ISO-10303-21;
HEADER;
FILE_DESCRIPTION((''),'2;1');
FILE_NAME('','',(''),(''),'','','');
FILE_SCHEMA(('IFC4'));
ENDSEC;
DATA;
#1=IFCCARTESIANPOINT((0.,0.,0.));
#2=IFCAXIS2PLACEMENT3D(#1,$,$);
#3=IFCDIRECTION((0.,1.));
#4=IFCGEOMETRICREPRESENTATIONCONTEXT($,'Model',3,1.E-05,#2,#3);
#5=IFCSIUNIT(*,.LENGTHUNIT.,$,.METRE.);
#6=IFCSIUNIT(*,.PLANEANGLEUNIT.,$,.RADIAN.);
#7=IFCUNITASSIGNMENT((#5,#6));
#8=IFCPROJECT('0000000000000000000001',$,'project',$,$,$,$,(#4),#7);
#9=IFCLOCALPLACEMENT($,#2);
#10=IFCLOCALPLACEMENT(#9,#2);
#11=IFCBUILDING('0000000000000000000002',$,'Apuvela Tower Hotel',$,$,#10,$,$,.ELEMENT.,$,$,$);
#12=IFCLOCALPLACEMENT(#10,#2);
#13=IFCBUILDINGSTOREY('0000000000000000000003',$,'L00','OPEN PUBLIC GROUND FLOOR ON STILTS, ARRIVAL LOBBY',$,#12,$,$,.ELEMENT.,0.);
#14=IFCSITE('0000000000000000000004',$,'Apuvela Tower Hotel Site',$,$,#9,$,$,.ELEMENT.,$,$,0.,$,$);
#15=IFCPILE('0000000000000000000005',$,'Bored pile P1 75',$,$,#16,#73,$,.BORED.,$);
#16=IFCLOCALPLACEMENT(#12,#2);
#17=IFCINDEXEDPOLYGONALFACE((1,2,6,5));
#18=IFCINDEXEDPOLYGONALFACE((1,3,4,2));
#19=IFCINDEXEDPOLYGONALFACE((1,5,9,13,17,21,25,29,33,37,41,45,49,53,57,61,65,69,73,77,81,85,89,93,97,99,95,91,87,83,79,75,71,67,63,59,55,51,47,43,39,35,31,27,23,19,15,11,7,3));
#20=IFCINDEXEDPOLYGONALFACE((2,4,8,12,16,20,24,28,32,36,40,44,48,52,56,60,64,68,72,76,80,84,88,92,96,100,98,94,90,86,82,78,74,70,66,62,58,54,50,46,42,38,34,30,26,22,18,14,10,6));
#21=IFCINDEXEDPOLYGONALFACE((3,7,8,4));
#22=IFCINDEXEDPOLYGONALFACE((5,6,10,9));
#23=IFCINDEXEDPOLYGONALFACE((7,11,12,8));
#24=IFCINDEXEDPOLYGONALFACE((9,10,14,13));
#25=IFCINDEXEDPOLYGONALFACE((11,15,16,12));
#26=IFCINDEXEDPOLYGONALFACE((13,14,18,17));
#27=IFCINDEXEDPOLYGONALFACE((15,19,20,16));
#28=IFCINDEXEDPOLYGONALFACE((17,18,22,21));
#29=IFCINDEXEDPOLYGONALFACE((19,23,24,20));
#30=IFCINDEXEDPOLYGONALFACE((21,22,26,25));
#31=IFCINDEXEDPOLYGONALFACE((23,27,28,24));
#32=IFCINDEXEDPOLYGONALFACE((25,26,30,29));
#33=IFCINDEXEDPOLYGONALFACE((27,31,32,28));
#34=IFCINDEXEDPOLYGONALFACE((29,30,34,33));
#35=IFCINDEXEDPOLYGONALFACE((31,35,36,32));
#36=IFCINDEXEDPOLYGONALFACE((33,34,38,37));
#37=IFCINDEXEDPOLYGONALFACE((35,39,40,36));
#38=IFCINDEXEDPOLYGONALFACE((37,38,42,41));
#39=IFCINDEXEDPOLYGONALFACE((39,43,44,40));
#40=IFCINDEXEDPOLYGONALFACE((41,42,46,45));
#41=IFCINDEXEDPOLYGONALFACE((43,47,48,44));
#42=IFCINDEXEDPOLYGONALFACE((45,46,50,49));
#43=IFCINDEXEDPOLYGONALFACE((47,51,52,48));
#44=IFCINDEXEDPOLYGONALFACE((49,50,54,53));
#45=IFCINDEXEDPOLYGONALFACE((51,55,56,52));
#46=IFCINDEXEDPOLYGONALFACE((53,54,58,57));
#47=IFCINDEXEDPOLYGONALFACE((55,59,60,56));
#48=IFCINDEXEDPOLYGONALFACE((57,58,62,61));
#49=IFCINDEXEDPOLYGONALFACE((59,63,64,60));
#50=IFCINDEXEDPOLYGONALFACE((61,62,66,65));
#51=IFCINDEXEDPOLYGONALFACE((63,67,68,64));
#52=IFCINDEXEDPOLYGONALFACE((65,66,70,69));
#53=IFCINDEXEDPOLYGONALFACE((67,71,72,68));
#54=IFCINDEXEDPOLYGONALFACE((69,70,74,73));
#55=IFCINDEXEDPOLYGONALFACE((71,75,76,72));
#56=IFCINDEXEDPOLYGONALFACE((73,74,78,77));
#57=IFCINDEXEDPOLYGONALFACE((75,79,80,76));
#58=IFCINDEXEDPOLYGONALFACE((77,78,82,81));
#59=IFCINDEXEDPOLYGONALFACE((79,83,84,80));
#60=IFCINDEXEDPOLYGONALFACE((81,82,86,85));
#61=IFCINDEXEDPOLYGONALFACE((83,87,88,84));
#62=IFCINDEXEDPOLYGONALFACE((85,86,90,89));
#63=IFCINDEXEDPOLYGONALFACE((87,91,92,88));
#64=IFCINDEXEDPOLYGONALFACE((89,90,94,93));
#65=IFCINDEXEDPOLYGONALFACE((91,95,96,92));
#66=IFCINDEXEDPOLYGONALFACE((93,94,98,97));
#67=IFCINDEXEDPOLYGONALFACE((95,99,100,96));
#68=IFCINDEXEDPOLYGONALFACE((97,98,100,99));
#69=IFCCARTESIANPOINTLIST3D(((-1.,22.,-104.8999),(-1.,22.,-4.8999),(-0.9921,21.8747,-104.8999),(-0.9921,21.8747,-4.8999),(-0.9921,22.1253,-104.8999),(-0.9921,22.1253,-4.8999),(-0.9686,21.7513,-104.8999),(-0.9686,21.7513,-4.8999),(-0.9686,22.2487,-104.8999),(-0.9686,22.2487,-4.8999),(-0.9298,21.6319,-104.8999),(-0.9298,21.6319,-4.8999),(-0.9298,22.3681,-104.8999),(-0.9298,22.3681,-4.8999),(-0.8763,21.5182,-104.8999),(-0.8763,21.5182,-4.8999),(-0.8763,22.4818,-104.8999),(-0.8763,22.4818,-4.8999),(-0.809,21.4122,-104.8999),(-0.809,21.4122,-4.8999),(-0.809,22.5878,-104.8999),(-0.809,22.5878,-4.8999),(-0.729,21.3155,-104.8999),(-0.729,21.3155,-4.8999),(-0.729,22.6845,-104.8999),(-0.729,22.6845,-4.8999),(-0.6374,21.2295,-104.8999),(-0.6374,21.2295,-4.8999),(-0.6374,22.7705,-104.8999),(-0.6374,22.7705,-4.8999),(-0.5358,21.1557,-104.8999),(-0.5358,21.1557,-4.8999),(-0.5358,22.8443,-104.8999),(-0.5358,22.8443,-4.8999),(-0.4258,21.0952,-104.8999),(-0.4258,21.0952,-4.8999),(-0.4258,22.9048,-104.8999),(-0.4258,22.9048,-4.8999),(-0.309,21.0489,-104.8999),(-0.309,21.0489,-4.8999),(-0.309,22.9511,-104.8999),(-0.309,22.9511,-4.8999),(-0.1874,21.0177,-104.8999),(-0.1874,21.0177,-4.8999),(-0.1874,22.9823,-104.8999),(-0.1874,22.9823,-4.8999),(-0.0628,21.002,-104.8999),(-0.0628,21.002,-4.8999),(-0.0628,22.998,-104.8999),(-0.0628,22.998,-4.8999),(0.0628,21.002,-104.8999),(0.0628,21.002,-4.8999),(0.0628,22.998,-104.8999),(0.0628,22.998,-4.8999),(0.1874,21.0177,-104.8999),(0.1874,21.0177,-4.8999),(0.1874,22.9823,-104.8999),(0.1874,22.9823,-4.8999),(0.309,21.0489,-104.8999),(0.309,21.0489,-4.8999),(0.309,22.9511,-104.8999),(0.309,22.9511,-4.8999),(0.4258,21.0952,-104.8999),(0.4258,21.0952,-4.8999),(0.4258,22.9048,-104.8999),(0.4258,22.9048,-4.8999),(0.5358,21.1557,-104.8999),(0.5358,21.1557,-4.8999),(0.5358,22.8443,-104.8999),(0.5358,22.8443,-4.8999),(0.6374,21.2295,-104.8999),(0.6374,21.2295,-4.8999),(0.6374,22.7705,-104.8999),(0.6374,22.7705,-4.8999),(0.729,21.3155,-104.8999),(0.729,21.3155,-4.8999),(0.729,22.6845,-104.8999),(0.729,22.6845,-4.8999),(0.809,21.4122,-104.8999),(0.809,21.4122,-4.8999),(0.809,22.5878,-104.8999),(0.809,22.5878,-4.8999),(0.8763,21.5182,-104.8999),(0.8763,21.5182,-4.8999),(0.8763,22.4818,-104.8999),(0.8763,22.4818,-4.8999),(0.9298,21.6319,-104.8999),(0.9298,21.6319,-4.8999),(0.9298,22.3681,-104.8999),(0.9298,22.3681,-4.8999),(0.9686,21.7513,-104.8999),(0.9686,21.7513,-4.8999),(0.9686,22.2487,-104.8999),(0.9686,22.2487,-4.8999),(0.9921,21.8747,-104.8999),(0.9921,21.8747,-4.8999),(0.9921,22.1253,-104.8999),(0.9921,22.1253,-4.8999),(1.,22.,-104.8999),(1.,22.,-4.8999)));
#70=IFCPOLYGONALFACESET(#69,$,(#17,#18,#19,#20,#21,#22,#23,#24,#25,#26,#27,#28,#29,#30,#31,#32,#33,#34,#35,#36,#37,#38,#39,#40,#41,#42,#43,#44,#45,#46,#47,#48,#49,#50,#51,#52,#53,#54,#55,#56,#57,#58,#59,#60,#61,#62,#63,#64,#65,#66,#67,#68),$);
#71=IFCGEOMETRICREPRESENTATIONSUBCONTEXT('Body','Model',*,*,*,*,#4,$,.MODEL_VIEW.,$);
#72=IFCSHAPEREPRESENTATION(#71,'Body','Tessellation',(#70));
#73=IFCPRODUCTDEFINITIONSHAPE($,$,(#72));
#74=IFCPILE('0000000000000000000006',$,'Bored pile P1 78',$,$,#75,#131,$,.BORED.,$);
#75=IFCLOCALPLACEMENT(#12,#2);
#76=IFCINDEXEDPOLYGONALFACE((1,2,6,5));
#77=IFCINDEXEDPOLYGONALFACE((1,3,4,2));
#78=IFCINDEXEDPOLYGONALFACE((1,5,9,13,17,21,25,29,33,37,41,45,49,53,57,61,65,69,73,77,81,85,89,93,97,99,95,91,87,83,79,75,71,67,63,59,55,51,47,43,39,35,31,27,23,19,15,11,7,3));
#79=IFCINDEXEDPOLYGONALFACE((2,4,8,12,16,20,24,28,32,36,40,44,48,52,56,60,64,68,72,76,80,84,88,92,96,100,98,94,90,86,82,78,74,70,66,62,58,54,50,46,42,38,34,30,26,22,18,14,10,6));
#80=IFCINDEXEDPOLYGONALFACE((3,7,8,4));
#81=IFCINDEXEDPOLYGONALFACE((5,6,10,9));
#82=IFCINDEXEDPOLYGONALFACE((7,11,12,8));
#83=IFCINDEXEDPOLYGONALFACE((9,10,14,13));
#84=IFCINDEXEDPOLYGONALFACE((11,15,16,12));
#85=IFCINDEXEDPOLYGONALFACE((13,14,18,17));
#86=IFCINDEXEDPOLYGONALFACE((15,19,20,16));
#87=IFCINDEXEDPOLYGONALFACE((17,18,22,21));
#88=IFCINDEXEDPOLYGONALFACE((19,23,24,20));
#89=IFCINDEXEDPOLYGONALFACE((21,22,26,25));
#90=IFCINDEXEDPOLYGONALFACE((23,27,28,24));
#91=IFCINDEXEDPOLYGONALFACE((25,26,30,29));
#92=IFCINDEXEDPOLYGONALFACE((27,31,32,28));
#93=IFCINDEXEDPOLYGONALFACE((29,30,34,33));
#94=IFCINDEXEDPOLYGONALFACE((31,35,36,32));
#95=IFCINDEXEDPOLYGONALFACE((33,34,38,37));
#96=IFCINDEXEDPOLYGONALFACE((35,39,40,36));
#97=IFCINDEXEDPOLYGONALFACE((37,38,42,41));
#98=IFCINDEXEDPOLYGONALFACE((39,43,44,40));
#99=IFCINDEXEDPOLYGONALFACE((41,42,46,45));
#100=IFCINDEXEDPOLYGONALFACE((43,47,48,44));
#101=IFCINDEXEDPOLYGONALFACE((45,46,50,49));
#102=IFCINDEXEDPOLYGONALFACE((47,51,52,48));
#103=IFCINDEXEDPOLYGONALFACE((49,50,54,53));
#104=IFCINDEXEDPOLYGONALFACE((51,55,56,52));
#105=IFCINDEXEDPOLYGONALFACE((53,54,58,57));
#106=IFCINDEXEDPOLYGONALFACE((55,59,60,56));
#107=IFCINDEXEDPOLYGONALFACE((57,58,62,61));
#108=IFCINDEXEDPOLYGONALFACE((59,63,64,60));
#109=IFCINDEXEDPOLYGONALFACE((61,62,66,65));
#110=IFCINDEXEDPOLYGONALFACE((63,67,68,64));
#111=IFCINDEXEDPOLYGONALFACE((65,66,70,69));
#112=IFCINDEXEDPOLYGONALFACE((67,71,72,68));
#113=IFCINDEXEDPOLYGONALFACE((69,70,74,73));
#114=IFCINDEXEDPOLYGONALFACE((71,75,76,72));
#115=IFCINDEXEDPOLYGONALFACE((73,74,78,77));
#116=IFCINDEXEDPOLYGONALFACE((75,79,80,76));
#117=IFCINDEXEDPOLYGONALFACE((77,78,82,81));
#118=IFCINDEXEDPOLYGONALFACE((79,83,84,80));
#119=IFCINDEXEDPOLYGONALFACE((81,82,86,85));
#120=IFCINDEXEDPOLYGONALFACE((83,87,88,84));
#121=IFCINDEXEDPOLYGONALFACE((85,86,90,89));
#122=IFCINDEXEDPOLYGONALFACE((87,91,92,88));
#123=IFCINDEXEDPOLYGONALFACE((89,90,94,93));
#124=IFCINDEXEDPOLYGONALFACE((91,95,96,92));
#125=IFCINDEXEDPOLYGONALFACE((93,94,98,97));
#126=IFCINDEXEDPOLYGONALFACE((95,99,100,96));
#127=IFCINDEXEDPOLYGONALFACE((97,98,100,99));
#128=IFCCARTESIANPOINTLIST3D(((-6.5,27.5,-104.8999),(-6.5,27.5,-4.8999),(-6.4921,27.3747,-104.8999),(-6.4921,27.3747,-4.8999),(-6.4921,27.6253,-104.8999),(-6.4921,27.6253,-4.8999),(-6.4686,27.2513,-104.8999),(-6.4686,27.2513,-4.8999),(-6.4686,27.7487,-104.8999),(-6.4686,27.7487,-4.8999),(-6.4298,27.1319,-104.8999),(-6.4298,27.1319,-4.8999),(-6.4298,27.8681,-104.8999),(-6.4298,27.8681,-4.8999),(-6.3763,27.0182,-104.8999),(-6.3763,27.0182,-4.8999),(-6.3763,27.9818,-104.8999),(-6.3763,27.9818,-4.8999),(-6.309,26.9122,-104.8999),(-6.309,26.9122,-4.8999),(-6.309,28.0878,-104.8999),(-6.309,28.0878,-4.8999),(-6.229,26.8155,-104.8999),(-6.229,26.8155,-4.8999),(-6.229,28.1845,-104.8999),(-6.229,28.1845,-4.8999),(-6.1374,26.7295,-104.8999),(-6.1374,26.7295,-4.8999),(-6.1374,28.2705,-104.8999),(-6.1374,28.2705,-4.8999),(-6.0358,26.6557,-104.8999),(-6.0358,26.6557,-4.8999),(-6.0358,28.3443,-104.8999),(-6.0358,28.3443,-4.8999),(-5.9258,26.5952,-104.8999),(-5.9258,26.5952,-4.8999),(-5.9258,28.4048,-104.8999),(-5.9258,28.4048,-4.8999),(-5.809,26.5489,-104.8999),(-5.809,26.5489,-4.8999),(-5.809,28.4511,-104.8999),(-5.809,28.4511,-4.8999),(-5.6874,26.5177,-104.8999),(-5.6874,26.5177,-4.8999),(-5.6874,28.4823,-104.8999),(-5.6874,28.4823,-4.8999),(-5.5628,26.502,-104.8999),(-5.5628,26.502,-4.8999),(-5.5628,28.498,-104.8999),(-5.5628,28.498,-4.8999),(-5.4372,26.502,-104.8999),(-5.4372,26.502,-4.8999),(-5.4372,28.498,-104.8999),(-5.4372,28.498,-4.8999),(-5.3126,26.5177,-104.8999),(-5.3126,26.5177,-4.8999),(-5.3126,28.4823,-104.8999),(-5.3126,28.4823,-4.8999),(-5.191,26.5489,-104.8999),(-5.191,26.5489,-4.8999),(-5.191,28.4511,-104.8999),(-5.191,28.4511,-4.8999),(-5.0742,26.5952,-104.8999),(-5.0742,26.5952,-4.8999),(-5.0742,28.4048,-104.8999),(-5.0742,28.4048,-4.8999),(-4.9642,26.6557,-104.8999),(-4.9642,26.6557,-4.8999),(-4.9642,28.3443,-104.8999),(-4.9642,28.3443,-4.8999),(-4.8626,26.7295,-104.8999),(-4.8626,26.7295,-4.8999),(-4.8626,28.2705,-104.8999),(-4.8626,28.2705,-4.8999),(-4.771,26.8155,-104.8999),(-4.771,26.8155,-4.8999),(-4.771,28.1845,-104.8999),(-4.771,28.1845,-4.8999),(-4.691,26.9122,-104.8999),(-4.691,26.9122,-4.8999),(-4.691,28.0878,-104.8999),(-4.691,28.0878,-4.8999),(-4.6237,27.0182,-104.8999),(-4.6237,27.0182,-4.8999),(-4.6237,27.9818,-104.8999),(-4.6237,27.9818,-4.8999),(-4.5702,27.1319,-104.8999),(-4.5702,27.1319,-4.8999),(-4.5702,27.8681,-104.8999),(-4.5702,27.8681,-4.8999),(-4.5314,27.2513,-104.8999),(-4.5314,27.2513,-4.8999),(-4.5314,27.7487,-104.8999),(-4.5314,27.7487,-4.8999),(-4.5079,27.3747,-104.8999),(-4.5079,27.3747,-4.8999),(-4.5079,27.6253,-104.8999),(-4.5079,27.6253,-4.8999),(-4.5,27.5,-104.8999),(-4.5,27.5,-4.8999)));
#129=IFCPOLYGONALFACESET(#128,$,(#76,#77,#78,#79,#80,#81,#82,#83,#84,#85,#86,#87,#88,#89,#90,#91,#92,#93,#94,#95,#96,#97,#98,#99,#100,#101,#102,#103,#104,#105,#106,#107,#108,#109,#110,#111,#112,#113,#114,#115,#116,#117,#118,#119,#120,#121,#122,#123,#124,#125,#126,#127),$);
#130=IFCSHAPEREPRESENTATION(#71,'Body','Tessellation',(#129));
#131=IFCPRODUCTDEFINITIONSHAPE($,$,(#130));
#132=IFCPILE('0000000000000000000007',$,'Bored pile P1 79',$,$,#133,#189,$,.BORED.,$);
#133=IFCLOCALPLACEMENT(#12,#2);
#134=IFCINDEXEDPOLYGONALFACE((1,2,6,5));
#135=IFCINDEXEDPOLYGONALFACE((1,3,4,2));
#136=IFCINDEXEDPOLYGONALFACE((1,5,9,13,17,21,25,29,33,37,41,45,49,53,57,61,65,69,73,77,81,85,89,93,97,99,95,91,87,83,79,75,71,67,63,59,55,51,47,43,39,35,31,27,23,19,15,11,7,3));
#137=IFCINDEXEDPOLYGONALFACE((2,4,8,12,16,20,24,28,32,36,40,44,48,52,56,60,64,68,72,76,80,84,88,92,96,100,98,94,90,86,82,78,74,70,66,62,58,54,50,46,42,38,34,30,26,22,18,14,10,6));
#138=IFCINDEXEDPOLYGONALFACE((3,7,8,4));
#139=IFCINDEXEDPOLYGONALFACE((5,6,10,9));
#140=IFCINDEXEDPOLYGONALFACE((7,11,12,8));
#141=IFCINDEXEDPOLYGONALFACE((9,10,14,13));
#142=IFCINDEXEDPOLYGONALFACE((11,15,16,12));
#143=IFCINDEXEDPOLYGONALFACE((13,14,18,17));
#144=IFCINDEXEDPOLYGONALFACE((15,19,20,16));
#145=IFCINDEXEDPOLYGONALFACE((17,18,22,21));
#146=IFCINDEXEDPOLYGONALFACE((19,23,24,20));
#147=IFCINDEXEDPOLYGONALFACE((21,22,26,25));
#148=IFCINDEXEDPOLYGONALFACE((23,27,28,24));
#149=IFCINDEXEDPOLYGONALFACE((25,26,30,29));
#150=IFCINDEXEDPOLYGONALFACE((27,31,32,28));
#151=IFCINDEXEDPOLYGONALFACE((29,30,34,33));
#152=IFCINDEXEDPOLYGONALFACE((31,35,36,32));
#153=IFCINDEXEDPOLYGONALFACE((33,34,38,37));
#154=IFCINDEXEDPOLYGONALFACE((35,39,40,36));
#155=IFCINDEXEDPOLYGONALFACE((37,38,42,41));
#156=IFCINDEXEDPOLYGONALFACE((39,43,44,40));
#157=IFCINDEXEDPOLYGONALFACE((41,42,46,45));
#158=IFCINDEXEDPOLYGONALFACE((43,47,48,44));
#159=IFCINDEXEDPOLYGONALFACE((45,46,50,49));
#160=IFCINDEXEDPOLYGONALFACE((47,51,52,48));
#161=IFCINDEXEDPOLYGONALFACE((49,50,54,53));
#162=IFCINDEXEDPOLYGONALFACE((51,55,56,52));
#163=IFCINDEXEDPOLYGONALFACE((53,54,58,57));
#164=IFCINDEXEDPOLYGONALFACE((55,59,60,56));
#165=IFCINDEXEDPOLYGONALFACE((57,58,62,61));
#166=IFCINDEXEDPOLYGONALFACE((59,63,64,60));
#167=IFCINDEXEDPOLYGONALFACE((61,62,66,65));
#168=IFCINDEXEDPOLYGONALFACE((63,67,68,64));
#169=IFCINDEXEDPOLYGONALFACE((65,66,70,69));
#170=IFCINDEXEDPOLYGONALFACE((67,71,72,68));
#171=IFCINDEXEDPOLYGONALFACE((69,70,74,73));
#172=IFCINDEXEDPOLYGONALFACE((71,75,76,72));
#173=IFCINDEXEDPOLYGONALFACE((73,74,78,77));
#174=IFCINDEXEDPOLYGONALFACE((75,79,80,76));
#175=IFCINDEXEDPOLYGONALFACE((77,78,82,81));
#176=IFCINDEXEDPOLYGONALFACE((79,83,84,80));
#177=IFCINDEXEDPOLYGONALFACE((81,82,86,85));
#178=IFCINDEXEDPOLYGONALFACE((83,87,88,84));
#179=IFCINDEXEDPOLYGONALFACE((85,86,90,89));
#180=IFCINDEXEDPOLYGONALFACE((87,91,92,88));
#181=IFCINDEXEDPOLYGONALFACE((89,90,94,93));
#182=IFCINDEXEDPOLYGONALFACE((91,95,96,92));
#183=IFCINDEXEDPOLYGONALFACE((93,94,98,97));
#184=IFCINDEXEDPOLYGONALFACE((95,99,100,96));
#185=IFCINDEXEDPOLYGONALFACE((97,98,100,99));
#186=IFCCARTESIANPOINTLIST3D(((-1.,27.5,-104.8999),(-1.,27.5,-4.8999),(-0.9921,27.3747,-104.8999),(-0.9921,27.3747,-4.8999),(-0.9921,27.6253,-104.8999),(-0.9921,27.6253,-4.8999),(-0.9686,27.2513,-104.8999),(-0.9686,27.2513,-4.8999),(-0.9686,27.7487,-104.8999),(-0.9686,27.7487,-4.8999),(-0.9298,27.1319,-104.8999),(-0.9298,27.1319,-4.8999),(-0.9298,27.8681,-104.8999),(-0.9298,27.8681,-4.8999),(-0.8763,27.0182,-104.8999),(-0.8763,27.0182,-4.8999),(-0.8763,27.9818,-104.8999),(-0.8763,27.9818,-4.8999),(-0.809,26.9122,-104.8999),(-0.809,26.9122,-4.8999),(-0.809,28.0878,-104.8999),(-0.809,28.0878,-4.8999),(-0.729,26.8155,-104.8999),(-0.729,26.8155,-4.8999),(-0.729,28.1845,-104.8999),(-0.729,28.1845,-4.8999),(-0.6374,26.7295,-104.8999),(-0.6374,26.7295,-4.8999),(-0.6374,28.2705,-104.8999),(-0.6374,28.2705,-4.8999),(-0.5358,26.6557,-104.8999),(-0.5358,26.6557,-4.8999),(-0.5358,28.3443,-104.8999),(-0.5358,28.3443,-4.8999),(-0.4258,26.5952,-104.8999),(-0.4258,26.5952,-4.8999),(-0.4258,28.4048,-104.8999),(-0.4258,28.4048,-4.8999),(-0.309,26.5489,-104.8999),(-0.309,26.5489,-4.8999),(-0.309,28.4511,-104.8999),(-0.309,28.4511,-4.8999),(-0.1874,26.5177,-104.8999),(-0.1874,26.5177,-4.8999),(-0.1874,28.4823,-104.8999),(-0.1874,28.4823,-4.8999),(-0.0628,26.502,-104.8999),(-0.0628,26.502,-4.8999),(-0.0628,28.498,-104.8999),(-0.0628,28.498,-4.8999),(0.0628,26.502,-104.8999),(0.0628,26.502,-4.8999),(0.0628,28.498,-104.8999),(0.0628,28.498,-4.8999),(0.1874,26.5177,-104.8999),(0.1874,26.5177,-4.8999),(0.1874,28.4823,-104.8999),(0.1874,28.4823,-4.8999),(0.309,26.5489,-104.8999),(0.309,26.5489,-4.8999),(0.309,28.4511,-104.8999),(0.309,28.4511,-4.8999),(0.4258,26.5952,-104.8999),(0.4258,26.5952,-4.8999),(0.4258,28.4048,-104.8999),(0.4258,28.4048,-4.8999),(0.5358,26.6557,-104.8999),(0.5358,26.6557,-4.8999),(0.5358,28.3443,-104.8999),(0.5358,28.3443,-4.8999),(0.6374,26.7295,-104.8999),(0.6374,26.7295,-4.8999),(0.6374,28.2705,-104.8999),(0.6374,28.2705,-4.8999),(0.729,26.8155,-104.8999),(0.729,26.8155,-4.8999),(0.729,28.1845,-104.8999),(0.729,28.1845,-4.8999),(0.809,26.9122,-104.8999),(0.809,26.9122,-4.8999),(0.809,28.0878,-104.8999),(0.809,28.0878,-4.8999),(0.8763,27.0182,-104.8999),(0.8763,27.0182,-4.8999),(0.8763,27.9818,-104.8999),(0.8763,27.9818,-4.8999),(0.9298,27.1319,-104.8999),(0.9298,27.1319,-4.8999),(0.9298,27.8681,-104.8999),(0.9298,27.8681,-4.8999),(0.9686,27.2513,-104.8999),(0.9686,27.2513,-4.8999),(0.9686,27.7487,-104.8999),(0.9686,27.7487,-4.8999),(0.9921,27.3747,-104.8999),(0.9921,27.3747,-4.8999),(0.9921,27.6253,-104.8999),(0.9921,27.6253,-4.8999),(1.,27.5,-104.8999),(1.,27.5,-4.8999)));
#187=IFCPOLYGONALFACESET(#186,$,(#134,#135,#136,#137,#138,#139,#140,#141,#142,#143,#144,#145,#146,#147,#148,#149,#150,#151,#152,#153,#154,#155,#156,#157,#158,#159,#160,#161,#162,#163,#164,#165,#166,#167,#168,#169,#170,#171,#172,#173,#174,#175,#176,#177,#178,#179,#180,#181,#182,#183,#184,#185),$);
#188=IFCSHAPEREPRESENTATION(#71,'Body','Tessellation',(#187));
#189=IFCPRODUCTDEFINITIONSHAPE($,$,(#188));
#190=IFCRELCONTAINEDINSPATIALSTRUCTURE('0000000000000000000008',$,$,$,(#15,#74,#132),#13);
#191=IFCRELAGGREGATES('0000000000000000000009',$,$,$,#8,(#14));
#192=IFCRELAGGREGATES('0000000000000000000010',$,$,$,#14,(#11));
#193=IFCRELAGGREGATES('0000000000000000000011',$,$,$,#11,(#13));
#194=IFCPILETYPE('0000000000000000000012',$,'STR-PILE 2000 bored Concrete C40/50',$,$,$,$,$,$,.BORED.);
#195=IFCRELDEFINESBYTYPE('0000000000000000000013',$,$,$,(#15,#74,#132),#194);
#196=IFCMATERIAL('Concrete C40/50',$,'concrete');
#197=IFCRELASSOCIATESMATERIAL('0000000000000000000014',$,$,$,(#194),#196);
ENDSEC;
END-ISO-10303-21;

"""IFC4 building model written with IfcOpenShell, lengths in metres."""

from ifc_helpers import new_model, si_unit, direction, frame, origin, origin_2d, place, context, subcontext, project, spatial, circle, extrude, material, material_profile, profile_set, type_object, element, save


model = new_model("IFC4")

# Units and contexts
model_context = context("Model", 3, precision=1e-05, world=origin(), true_north=direction((0.0, 1.0)))
body_context = subcontext(model_context, "Body", "Model", "MODEL_VIEW")
ifc_project = project(units=[si_unit("LENGTHUNIT", "METRE"), si_unit("PLANEANGLEUNIT", "RADIAN")], contexts=[model_context])

# Site, building, storey
site_placement = place(None, origin())
site = spatial("IfcSite", under=ifc_project, at=site_placement, Name="Apuvela Tower Hotel Site", CompositionType="ELEMENT", RefElevation=0.0)
building_placement = place(site_placement, origin())
building = spatial("IfcBuilding", under=site, at=building_placement, Name="Apuvela Tower Hotel", CompositionType="ELEMENT")
storey_placement = place(building_placement, origin())
storey = spatial("IfcBuildingStorey", under=building, at=storey_placement, Name="L00", Description="OPEN PUBLIC GROUND FLOOR ON STILTS, ARRIVAL LOBBY", CompositionType="ELEMENT", Elevation=0.0)

# Piles
ifc_material_1 = material(Name="Concrete C40/50", Category="concrete")
ifc_material_profile_1 = material_profile(ifc_material_1, circle(Radius=1.0, at=origin_2d()), Name="PILE 2000")
ifc_profile_set_1 = profile_set([ifc_material_profile_1], Name="Concrete C40/50")
pile_type = type_object("IfcPileType", Name="STR-PILE 2000 bored Concrete C40/50", PredefinedType="BORED", material=ifc_profile_set_1)
for number, where, z_axis, x_axis, name in (
    (1, (0.0, 22.0, -4.8999), (0.0, 0.0, -1.0), (1.0, 0.0, 0.0), "Bored pile P1 75"),
    (2, (-5.5, 27.5, -4.8999), (0.0, 0.0, -1.0), (1.0, 0.0, 0.0), "Bored pile P1 78"),
    (3, (0.0, 27.5, -4.8999), (0.0, 0.0, -1.0), (1.0, 0.0, 0.0), "Bored pile P1 79"),
):
    element("IfcPile", number, at=place(storey_placement, frame(where, z_axis=z_axis, x_axis=x_axis)), inside=storey, type_object=pile_type, Name=name, PredefinedType="BORED", context=body_context, shape_type="SweptSolid", body=[
        extrude(circle(Radius=1.0, at=origin_2d()), origin(), (0.0, 0.0, 1.0), 100.0),
    ])

save(model, "model.ifc")
